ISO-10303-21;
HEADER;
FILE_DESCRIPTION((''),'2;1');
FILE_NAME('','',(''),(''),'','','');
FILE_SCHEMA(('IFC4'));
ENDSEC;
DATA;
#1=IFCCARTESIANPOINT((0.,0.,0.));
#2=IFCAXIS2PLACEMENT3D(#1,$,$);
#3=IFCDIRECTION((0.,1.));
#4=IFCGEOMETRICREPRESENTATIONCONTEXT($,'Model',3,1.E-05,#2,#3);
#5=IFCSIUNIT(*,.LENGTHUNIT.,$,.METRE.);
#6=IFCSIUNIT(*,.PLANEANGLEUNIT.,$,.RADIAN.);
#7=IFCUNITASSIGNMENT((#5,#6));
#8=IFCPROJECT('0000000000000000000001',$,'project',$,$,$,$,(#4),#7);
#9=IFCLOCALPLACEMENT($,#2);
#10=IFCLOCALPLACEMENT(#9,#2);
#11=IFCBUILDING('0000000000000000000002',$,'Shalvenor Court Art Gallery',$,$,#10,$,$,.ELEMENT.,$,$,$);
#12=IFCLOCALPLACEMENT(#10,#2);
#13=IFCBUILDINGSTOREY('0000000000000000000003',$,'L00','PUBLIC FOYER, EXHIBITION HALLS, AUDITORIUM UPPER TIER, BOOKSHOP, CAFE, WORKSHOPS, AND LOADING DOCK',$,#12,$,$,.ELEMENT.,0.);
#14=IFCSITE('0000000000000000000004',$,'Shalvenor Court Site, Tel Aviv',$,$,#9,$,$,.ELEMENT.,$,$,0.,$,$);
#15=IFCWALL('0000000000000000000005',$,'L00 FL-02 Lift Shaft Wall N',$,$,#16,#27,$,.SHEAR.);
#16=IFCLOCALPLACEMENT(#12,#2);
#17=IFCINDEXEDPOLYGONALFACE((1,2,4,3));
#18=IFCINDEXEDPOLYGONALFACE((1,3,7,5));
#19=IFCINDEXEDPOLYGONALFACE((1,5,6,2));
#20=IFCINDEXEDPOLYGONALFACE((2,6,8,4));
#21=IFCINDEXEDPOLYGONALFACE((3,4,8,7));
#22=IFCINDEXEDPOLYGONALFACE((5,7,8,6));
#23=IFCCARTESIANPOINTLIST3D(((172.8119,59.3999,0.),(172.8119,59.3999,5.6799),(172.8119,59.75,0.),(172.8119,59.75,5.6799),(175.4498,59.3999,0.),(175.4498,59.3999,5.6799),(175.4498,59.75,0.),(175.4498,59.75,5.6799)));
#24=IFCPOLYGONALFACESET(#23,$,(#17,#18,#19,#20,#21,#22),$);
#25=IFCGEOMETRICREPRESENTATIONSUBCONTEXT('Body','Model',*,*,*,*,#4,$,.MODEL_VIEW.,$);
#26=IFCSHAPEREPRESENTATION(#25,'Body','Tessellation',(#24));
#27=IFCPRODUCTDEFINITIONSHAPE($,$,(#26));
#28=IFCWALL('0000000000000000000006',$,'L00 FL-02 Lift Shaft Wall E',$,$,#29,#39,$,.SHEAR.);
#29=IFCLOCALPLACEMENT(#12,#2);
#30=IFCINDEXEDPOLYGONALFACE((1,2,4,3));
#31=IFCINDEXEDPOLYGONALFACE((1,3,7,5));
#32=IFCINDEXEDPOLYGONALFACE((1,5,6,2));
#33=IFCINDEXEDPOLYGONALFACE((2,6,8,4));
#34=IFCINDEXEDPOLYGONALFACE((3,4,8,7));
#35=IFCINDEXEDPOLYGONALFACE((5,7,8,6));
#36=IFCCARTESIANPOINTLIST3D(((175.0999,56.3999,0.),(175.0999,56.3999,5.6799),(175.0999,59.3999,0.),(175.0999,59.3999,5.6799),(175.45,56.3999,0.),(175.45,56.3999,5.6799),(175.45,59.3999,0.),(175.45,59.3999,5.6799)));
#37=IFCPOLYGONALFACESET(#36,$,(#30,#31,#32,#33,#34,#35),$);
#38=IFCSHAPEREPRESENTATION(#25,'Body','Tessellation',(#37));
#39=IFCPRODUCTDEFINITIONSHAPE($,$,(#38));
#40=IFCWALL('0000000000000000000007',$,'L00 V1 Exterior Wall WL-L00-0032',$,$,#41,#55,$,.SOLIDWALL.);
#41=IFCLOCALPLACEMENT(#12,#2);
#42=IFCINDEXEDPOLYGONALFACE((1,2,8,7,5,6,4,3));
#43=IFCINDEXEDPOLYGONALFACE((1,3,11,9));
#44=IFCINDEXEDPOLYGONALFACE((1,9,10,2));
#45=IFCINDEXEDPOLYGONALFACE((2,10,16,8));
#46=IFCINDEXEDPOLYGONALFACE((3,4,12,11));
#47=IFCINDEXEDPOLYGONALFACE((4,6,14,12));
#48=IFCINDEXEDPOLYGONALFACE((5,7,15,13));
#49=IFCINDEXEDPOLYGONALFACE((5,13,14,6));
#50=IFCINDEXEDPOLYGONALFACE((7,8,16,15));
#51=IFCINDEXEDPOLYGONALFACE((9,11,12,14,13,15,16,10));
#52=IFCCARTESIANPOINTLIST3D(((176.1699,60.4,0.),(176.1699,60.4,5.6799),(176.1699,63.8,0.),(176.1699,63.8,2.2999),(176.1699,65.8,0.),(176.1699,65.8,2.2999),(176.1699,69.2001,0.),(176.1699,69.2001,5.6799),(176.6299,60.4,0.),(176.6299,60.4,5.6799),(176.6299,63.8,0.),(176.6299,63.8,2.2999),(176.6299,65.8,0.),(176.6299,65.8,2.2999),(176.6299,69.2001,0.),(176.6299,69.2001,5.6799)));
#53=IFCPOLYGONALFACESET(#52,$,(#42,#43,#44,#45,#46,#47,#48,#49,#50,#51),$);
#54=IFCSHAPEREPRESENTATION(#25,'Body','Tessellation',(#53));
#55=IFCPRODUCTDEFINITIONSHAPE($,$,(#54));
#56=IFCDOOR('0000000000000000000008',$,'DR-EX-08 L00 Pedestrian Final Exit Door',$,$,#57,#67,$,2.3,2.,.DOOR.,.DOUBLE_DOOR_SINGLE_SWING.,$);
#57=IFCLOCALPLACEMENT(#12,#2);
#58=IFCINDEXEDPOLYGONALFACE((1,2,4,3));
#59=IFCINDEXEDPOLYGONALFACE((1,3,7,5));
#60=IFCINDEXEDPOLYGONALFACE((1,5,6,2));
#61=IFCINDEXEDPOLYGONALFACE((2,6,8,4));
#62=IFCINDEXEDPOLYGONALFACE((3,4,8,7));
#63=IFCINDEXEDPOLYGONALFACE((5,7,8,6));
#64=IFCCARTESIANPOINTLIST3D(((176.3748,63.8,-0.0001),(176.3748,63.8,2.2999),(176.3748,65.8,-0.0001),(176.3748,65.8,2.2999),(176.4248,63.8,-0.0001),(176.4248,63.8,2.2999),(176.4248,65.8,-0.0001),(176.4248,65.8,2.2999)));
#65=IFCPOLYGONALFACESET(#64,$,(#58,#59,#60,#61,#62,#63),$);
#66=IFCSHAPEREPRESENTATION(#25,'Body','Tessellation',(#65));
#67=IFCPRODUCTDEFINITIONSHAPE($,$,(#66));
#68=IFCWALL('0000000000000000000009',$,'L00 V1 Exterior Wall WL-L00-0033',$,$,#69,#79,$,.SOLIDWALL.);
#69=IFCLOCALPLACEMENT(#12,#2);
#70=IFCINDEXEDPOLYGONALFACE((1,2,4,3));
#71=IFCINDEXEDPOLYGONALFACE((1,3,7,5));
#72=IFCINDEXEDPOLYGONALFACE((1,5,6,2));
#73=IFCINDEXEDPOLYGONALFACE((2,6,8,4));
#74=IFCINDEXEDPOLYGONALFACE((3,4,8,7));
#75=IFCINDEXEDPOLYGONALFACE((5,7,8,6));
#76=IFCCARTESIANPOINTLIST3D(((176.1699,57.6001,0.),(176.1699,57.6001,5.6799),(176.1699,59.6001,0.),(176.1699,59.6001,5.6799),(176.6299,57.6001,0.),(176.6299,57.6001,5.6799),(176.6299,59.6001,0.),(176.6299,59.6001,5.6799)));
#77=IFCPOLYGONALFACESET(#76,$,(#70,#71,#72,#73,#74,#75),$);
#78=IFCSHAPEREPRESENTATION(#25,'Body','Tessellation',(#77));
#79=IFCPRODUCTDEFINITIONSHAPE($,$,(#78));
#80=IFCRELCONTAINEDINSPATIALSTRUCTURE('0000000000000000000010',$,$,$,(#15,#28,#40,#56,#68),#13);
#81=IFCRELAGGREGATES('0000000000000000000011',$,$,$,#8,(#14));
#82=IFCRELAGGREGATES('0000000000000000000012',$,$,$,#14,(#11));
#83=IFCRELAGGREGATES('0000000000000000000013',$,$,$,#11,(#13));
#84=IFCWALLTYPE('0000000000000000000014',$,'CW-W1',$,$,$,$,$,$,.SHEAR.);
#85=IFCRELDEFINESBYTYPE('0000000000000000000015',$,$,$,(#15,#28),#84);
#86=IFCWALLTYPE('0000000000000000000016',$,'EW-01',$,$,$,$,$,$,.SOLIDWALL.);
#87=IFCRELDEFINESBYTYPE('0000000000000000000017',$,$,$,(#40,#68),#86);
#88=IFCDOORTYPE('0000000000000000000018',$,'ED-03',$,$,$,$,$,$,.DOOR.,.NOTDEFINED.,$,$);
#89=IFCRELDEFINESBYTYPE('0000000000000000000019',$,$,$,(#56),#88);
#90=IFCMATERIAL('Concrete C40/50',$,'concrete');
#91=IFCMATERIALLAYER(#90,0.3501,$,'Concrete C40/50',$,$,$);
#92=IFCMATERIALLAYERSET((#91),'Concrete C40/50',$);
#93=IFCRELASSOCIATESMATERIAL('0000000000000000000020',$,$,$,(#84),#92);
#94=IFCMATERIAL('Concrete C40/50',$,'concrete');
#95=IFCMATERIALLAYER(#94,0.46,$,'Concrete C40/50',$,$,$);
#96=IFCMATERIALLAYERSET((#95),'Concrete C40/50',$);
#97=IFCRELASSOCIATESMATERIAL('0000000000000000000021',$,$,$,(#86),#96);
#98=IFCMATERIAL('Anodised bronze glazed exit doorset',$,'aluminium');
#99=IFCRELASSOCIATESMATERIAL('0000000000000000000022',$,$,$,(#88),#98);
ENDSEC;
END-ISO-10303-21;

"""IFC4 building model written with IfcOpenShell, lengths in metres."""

from ifc_helpers import new_model, si_unit, direction, frame, frame_2d, origin, place, context, subcontext, project, spatial, rectangle, extrude, material, layer, layer_set, type_object, element, fill, save


model = new_model("IFC4")

# Units and contexts
model_context = context("Model", 3, precision=1e-05, world=origin(), true_north=direction((0.0, 1.0)))
body_context = subcontext(model_context, "Body", "Model", "MODEL_VIEW")
ifc_project = project(units=[si_unit("LENGTHUNIT", "METRE"), si_unit("PLANEANGLEUNIT", "RADIAN")], contexts=[model_context])

# Site, building, storey
site_placement = place(None, origin())
site = spatial("IfcSite", under=ifc_project, at=site_placement, Name="Shalvenor Court Site, Tel Aviv", CompositionType="ELEMENT", RefElevation=0.0)
building_placement = place(site_placement, origin())
building = spatial("IfcBuilding", under=site, at=building_placement, Name="Shalvenor Court Art Gallery", CompositionType="ELEMENT")
storey_placement = place(building_placement, origin())
storey = spatial("IfcBuildingStorey", under=building, at=storey_placement, Name="L00", Description="PUBLIC FOYER, EXHIBITION HALLS, AUDITORIUM UPPER TIER, BOOKSHOP, CAFE, WORKSHOPS, AND LOADING DOCK", CompositionType="ELEMENT", Elevation=0.0)

# Shared definitions
ifc_material_1 = material(Name="Concrete C40/50", Category="concrete")
ifc_layer_1 = layer(ifc_material_1, 0.3501, Name="Concrete C40/50")
ifc_layer_set_1 = layer_set([ifc_layer_1], Name="Concrete C40/50")
wall_type_1 = type_object("IfcWallType", Name="CW-W1", PredefinedType="SHEAR", material=ifc_layer_set_1)

# Walls
wall_1_placement = place(storey_placement, frame((172.812, 59.575, 0.0), z_axis=(0.0, 0.0, 1.0), x_axis=(1.0, 0.0, 0.0)))
element("IfcWall", 1, at=wall_1_placement, inside=storey, type_object=wall_type_1, Name="L00 FL-02 Lift Shaft Wall N", PredefinedType="SHEAR", context=body_context, shape_type="SweptSolid", body=[
    extrude(rectangle(XDim=2.6379, YDim=0.3501, at=frame_2d((1.3188, 0.0))), origin(), (0.0, 0.0, 1.0), 5.6799),
])
wall_2_placement = place(storey_placement, frame((175.2749, 59.3999, 0.0), z_axis=(0.0, 0.0, 1.0), x_axis=(0.0, -1.0, 0.0)))
element("IfcWall", 2, at=wall_2_placement, inside=storey, type_object=wall_type_1, Name="L00 FL-02 Lift Shaft Wall E", PredefinedType="SHEAR", context=body_context, shape_type="SweptSolid", body=[
    extrude(rectangle(XDim=3.0, YDim=0.3501, at=frame_2d((1.5, 0.0))), origin(), (0.0, 0.0, 1.0), 5.6799),
])

# Wall, opening, door
ifc_material_2 = material(Name="Concrete C40/50", Category="concrete")
ifc_layer_2 = layer(ifc_material_2, 0.46, Name="Concrete C40/50")
ifc_layer_set_2 = layer_set([ifc_layer_2], Name="Concrete C40/50")
wall_type_2 = type_object("IfcWallType", Name="EW-01", PredefinedType="SOLIDWALL", material=ifc_layer_set_2)
wall_3_placement = place(storey_placement, frame((176.3999, 69.2, 0.0), z_axis=(0.0, 0.0, 1.0), x_axis=(0.0, -1.0, 0.0)))
wall_3 = element("IfcWall", 3, at=wall_3_placement, inside=storey, type_object=wall_type_2, Name="L00 V1 Exterior Wall WL-L00-0032", PredefinedType="SOLIDWALL", context=body_context, shape_type="SweptSolid", body=[
    extrude(rectangle(XDim=8.8, YDim=0.46, at=frame_2d((4.3999, 0.0))), origin(), (0.0, 0.0, 1.0), 5.6799),
])
opening_1_placement = place(wall_3_placement, frame((3.3999, 0.0, 0.0)))
opening_1 = element("IfcOpeningElement", 4, at=opening_1_placement, cuts=wall_3, PredefinedType="OPENING", context=body_context, shape_type="SweptSolid", body=[
    extrude(rectangle(XDim=2.0, YDim=2.3, at=frame_2d((1.0, 1.1499))), frame((0.0, 0.24, 0.0), z_axis=(0.0, -1.0, 0.0), x_axis=(1.0, 0.0, 0.0)), (0.0, 0.0, 1.0), 0.48),
])
ifc_material_3 = material(Name="Anodised bronze glazed exit doorset", Category="aluminium")
door_type_1 = type_object("IfcDoorType", Name="ED-03", OperationType="NOTDEFINED", PredefinedType="DOOR", material=ifc_material_3)
door_1_placement = place(opening_1_placement, origin())
door_1 = element("IfcDoor", 5, at=door_1_placement, inside=storey, type_object=door_type_1, Name="DR-EX-08 L00 Pedestrian Final Exit Door", OperationType="DOUBLE_DOOR_SINGLE_SWING", OverallHeight=2.3, OverallWidth=2.0, PredefinedType="DOOR", context=body_context, shape_type="SweptSolid", body=[
    extrude(rectangle(XDim=2.0, YDim=2.3, at=frame_2d((1.0, 1.1499))), frame((0.0, 0.0249, 0.0), z_axis=(0.0, -1.0, 0.0), x_axis=(1.0, 0.0, 0.0)), (0.0, 0.0, 1.0), 0.05),
])
fill(opening_1, door_1)

# Wall
wall_4_placement = place(storey_placement, frame((176.3999, 59.6001, 0.0), z_axis=(0.0, 0.0, 1.0), x_axis=(0.0, -1.0, 0.0)))
element("IfcWall", 6, at=wall_4_placement, inside=storey, type_object=wall_type_2, Name="L00 V1 Exterior Wall WL-L00-0033", PredefinedType="SOLIDWALL", context=body_context, shape_type="SweptSolid", body=[
    extrude(rectangle(XDim=2.0, YDim=0.46, at=frame_2d((1.0, 0.0))), origin(), (0.0, 0.0, 1.0), 5.6799),
])

save(model, "model.ifc")
